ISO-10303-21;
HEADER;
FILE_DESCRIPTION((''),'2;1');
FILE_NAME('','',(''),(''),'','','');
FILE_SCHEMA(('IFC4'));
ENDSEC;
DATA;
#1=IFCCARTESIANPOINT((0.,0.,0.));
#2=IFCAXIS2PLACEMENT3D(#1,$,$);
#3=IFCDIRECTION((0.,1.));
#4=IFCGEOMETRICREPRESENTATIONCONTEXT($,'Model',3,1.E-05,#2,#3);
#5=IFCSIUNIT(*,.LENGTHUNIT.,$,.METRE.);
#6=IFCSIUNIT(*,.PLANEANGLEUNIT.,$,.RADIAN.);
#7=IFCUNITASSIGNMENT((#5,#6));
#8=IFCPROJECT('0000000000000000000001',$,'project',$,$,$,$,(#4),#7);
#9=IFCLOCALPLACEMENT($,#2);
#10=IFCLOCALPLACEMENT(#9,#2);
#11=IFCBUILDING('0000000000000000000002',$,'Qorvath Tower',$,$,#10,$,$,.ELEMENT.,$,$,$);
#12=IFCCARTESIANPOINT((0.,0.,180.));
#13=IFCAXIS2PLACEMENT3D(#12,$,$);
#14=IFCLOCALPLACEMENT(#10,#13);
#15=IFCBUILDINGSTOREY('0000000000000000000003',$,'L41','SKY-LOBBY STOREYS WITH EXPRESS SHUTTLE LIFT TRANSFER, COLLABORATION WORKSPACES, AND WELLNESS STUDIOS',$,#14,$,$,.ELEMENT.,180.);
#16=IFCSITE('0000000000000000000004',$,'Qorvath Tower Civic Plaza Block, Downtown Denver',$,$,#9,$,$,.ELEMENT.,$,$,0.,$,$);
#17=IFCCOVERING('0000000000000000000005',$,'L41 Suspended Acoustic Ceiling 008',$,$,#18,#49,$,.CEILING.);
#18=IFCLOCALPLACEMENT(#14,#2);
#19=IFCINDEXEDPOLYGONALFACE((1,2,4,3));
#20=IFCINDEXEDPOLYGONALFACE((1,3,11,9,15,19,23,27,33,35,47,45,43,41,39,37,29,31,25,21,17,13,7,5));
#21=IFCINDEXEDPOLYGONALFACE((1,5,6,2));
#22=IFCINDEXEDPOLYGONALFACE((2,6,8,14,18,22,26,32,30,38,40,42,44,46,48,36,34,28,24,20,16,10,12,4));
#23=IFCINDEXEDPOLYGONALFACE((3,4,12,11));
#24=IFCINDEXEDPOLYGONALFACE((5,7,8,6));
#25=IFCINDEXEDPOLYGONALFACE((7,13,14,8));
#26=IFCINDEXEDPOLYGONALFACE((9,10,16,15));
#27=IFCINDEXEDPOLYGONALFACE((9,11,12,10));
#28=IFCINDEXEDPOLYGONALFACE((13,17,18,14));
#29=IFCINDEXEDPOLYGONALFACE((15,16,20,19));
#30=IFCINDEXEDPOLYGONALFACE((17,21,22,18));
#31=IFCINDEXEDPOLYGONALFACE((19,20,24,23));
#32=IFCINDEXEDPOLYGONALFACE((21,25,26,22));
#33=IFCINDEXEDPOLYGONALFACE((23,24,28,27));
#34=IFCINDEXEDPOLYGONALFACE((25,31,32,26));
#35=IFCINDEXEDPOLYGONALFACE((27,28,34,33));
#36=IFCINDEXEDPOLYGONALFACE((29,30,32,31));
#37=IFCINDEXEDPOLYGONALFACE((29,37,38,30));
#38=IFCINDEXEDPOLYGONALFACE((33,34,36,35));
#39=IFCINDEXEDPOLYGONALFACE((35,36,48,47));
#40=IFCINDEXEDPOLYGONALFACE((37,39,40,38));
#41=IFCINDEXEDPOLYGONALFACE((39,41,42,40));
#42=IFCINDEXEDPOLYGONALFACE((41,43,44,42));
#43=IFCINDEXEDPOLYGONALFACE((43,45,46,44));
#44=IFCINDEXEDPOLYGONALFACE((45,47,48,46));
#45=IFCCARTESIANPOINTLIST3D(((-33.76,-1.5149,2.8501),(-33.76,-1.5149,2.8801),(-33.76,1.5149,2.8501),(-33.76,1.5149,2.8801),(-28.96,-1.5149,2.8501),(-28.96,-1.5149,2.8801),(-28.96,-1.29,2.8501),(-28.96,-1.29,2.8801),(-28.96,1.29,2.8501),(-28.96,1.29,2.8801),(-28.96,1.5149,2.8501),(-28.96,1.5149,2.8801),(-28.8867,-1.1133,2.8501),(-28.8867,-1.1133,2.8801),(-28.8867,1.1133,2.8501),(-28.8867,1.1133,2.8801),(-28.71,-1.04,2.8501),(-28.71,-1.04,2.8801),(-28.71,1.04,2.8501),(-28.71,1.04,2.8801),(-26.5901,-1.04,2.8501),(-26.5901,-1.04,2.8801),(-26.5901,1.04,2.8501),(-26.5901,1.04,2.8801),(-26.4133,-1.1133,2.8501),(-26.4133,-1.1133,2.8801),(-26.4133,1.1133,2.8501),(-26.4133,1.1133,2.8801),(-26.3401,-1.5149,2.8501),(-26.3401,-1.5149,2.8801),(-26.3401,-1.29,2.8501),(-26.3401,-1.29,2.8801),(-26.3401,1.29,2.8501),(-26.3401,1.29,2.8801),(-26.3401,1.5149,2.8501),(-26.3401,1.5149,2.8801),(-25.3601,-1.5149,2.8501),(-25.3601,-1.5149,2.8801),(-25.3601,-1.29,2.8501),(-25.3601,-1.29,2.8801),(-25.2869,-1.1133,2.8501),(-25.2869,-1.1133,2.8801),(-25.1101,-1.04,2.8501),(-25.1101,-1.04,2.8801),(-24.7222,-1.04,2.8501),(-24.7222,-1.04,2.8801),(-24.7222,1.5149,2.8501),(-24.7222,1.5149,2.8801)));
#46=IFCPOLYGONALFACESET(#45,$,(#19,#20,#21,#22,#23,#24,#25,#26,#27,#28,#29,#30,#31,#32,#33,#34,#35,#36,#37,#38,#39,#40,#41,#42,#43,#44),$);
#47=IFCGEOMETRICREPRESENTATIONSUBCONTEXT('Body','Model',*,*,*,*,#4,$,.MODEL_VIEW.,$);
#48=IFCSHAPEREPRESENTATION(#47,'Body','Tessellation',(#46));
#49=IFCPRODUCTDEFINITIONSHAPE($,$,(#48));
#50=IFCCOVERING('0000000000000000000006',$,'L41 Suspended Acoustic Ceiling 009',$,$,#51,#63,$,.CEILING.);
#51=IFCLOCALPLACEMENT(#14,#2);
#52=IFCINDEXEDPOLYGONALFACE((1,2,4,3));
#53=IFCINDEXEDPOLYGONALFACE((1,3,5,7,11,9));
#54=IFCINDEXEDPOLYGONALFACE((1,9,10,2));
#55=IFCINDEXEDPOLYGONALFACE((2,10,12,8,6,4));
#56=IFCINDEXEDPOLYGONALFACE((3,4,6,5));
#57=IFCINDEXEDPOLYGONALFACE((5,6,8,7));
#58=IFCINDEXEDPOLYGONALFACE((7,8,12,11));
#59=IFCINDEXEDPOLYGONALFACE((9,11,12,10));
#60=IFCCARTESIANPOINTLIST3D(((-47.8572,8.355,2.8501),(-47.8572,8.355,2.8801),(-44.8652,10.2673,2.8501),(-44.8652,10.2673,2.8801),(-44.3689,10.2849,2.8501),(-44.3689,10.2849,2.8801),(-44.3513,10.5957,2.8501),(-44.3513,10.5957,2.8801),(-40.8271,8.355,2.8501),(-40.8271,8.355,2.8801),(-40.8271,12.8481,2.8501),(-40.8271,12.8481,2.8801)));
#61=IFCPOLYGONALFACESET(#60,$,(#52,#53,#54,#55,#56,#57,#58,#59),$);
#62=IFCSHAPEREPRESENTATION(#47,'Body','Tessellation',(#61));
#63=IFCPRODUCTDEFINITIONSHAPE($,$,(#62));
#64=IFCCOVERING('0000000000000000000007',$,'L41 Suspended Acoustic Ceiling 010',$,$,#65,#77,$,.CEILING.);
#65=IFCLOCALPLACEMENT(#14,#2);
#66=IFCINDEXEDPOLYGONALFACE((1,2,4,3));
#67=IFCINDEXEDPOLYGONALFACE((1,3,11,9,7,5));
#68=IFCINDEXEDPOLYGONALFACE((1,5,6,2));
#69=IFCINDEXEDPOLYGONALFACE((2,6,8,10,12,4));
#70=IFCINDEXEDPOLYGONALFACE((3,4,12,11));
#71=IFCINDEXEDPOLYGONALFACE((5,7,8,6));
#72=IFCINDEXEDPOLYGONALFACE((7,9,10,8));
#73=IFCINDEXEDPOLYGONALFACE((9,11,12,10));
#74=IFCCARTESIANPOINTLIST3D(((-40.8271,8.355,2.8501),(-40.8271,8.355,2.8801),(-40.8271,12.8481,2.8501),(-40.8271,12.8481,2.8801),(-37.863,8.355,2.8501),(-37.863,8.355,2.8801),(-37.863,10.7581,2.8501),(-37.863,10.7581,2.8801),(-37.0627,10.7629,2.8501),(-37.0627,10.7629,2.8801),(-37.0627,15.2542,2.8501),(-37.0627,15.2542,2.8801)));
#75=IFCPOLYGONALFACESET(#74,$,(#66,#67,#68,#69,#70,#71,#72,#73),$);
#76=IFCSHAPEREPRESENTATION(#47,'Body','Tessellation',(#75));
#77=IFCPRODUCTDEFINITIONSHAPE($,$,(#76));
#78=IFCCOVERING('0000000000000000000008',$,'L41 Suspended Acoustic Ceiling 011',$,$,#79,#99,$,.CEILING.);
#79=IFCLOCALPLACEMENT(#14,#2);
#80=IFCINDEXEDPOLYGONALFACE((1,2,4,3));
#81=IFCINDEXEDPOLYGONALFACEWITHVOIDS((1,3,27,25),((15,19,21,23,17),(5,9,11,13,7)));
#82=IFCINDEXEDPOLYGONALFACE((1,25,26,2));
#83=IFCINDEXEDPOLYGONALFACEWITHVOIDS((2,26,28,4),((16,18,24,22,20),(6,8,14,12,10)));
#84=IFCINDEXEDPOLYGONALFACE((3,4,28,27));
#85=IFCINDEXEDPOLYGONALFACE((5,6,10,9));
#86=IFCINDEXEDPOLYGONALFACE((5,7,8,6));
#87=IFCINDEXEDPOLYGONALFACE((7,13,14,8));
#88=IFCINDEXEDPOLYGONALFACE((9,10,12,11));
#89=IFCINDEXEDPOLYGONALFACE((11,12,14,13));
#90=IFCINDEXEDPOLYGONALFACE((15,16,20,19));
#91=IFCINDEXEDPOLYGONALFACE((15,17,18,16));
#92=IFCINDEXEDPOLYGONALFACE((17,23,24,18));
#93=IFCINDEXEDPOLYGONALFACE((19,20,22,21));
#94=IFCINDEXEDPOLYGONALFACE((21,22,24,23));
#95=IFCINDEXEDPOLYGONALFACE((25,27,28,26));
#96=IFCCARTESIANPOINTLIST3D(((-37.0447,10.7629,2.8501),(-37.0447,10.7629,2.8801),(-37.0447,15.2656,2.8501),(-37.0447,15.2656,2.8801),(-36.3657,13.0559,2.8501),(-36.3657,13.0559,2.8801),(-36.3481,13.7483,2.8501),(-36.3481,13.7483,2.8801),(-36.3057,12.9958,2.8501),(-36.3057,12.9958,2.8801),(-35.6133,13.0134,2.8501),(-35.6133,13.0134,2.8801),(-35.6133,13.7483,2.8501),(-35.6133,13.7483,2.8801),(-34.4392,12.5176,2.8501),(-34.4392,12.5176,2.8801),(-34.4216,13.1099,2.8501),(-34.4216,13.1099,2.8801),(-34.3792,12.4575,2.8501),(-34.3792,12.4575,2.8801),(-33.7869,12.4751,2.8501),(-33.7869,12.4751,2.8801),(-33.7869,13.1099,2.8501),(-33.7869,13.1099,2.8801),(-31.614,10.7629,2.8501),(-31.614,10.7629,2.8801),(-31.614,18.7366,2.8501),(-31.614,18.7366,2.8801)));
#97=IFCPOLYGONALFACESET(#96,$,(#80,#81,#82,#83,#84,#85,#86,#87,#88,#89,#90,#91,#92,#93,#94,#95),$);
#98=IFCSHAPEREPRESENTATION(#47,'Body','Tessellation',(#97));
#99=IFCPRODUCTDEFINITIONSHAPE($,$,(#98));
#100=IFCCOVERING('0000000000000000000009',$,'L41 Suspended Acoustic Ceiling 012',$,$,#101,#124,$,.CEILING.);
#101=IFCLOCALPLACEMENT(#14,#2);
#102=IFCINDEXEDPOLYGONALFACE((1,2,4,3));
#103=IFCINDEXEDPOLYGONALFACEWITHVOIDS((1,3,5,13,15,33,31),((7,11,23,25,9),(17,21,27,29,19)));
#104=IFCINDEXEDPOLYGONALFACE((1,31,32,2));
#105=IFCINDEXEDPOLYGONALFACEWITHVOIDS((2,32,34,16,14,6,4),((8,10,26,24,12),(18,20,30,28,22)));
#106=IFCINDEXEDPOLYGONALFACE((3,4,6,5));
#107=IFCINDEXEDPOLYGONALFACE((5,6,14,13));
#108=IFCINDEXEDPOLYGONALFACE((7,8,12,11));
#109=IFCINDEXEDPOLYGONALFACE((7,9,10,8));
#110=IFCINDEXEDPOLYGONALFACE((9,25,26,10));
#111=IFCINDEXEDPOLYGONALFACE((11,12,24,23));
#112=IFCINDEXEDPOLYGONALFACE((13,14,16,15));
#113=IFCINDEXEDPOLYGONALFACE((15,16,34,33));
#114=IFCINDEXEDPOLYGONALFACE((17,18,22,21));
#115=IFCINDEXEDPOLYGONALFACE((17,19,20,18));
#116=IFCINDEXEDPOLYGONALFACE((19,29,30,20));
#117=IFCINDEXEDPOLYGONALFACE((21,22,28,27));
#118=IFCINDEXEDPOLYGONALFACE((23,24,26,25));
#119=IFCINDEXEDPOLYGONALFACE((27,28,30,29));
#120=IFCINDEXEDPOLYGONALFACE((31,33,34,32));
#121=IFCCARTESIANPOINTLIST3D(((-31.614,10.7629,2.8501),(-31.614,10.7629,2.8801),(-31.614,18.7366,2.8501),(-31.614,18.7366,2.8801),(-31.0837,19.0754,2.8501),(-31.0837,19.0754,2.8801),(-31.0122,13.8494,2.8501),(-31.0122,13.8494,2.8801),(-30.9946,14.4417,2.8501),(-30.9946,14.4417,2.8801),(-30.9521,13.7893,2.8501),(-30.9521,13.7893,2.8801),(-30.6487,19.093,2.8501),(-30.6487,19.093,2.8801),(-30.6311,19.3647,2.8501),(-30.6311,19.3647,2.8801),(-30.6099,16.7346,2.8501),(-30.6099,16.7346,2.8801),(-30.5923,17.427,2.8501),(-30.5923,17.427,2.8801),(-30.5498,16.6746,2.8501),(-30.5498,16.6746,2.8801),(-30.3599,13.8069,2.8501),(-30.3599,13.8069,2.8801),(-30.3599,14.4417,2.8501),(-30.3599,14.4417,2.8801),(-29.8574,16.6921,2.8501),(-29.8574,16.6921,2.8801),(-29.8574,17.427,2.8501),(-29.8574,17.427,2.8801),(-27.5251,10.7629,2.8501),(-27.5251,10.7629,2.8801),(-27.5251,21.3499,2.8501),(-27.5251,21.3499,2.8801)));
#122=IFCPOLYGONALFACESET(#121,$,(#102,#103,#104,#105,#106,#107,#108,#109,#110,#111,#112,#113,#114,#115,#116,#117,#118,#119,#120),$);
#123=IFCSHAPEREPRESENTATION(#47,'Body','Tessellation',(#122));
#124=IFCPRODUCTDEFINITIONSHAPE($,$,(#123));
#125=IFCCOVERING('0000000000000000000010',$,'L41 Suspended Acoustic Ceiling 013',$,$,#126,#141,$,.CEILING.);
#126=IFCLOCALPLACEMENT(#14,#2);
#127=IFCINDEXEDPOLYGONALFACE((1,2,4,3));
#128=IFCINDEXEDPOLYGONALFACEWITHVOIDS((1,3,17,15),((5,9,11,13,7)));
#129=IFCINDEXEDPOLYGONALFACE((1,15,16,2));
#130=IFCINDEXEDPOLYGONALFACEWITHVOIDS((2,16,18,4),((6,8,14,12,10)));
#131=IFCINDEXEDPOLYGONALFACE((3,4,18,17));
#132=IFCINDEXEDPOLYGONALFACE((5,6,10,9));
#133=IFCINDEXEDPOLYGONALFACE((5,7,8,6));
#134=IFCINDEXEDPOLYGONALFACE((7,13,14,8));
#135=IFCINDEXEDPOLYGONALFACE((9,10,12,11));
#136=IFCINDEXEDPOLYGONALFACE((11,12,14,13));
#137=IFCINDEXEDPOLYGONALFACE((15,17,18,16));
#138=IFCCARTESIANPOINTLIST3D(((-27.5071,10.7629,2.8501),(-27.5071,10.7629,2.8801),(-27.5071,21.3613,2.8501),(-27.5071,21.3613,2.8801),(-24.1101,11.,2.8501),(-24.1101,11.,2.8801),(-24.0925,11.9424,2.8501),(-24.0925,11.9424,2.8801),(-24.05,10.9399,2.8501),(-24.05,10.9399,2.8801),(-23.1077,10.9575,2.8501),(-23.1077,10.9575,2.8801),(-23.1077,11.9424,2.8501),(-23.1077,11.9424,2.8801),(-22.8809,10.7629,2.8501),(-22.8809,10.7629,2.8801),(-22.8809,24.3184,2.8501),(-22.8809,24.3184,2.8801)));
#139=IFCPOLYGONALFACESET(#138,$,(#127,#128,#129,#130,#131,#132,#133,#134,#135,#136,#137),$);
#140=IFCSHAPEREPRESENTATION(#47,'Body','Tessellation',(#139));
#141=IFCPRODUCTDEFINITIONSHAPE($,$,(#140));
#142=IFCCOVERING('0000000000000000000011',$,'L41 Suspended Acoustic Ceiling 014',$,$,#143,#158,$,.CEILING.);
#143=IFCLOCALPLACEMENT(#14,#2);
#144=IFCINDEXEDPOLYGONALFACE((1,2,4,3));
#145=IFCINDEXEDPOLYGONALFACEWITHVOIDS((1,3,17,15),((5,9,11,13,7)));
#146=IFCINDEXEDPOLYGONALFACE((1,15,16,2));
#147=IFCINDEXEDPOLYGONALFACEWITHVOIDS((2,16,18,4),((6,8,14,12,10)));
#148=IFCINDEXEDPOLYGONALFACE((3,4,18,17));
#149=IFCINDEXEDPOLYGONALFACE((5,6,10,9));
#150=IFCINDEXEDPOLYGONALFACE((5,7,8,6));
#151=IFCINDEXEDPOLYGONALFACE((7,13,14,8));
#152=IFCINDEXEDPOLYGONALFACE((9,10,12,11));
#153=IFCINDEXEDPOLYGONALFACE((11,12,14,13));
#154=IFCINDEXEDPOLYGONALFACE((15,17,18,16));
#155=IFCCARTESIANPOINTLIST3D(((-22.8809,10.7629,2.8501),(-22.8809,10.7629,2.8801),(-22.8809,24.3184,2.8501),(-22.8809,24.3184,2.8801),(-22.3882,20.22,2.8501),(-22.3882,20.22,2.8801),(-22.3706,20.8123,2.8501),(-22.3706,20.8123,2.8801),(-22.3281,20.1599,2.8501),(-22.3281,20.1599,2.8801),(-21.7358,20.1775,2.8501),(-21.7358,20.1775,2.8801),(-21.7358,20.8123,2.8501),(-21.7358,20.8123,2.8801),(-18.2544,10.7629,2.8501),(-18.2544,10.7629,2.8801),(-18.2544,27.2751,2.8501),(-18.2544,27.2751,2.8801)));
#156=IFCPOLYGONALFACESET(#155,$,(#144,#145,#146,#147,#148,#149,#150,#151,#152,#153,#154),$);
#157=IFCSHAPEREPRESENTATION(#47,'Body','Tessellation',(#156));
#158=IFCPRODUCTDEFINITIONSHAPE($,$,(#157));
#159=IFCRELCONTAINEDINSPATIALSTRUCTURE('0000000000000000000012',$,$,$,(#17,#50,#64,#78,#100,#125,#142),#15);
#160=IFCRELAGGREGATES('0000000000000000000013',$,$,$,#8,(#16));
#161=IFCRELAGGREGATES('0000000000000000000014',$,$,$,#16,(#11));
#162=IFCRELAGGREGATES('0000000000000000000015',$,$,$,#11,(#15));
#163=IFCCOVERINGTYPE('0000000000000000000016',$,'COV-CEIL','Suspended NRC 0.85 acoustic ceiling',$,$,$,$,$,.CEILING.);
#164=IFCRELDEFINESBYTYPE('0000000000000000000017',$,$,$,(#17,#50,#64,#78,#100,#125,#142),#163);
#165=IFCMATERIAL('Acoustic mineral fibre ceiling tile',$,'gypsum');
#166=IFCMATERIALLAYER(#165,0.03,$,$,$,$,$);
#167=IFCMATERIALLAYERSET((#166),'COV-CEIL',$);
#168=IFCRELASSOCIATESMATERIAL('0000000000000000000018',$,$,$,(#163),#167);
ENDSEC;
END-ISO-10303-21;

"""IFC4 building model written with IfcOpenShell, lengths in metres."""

from ifc_helpers import new_model, si_unit, direction, frame, origin, place, context, subcontext, project, spatial, polyline, outline, extrude, material, layer, layer_set, type_object, element, save


model = new_model("IFC4")

# Units and contexts
model_context = context("Model", 3, precision=1e-05, world=origin(), true_north=direction((0.0, 1.0)))
body_context = subcontext(model_context, "Body", "Model", "MODEL_VIEW")
ifc_project = project(units=[si_unit("LENGTHUNIT", "METRE"), si_unit("PLANEANGLEUNIT", "RADIAN")], contexts=[model_context])

# Site, building, storey
site_placement = place(None, origin())
site = spatial("IfcSite", under=ifc_project, at=site_placement, Name="Qorvath Tower Civic Plaza Block, Downtown Denver", CompositionType="ELEMENT", RefElevation=0.0)
building_placement = place(site_placement, origin())
building = spatial("IfcBuilding", under=site, at=building_placement, Name="Qorvath Tower", CompositionType="ELEMENT")
storey_placement = place(building_placement, frame((0.0, 0.0, 180.0)))
storey = spatial("IfcBuildingStorey", under=building, at=storey_placement, Name="L41", Description="SKY-LOBBY STOREYS WITH EXPRESS SHUTTLE LIFT TRANSFER, COLLABORATION WORKSPACES, AND WELLNESS STUDIOS", CompositionType="ELEMENT", Elevation=180.0)

# Coverings
ifc_material_1 = material(Name="Acoustic mineral fibre ceiling tile", Category="gypsum")
ifc_layer_1 = layer(ifc_material_1, 0.03)
ifc_layer_set_1 = layer_set([ifc_layer_1], Name="COV-CEIL")
covering_type_1 = type_object("IfcCoveringType", Name="COV-CEIL", Description="Suspended NRC 0.85 acoustic ceiling", PredefinedType="CEILING", material=ifc_layer_set_1)
covering_1_placement = place(storey_placement, frame((0.0, 0.0, 2.8501)))
element("IfcCovering", 1, at=covering_1_placement, inside=storey, type_object=covering_type_1, Name="L41 Suspended Acoustic Ceiling 008", PredefinedType="CEILING", context=body_context, shape_type="SweptSolid", body=[
    extrude(outline(polyline([(-24.7222, -1.04), (-24.7222, 1.5149), (-26.3401, 1.5149), (-26.3401, 1.29), (-26.4133, 1.1133), (-26.5901, 1.04), (-28.71, 1.04), (-28.8867, 1.1133), (-28.96, 1.29), (-28.96, 1.5149), (-33.76, 1.5149), (-33.76, -1.5149), (-28.96, -1.5149), (-28.96, -1.29), (-28.8867, -1.1133), (-28.71, -1.04), (-26.5901, -1.04), (-26.4133, -1.1133), (-26.3401, -1.29), (-26.3401, -1.5149), (-25.3601, -1.5149), (-25.3601, -1.29), (-25.2869, -1.1133), (-25.1101, -1.04), (-24.7222, -1.04)])), origin(), (0.0, 0.0, 1.0), 0.03),
])
covering_2_placement = place(storey_placement, frame((0.0, 0.0, 2.8501)))
element("IfcCovering", 2, at=covering_2_placement, inside=storey, type_object=covering_type_1, Name="L41 Suspended Acoustic Ceiling 009", PredefinedType="CEILING", context=body_context, shape_type="SweptSolid", body=[
    extrude(outline(polyline([(-40.8271, 8.355), (-40.8271, 12.8481), (-44.3513, 10.5957), (-44.3689, 10.2849), (-44.8652, 10.2673), (-47.8572, 8.355), (-40.8271, 8.355)])), origin(), (0.0, 0.0, 1.0), 0.03),
])
covering_3_placement = place(storey_placement, frame((0.0, 0.0, 2.8501)))
element("IfcCovering", 3, at=covering_3_placement, inside=storey, type_object=covering_type_1, Name="L41 Suspended Acoustic Ceiling 010", PredefinedType="CEILING", context=body_context, shape_type="SweptSolid", body=[
    extrude(outline(polyline([(-37.0627, 10.7629), (-37.0627, 15.2542), (-40.8271, 12.8481), (-40.8271, 8.355), (-37.863, 8.355), (-37.863, 10.7581), (-37.0627, 10.7629)])), origin(), (0.0, 0.0, 1.0), 0.03),
])
covering_4_placement = place(storey_placement, frame((0.0, 0.0, 2.8501)))
element("IfcCovering", 4, at=covering_4_placement, inside=storey, type_object=covering_type_1, Name="L41 Suspended Acoustic Ceiling 011", PredefinedType="CEILING", context=body_context, shape_type="SweptSolid", body=[
    extrude(outline(polyline([(-31.614, 10.7629), (-31.614, 18.7366), (-37.0447, 15.2656), (-37.0447, 10.7629), (-31.614, 10.7629)]), holes=[polyline([(-34.4392, 12.5176), (-34.4216, 13.1099), (-33.7869, 13.1099), (-33.7869, 12.4751), (-34.3792, 12.4575), (-34.4392, 12.5176)]), polyline([(-36.3657, 13.0559), (-36.3481, 13.7483), (-35.6133, 13.7483), (-35.6133, 13.0134), (-36.3057, 12.9958), (-36.3657, 13.0559)])]), origin(), (0.0, 0.0, 1.0), 0.03),
])
covering_5_placement = place(storey_placement, frame((0.0, 0.0, 2.8501)))
element("IfcCovering", 5, at=covering_5_placement, inside=storey, type_object=covering_type_1, Name="L41 Suspended Acoustic Ceiling 012", PredefinedType="CEILING", context=body_context, shape_type="SweptSolid", body=[
    extrude(outline(polyline([(-27.5251, 10.7629), (-27.5251, 21.3499), (-30.6311, 19.3647), (-30.6487, 19.093), (-31.0837, 19.0754), (-31.614, 18.7366), (-31.614, 10.7629), (-27.5251, 10.7629)]), holes=[polyline([(-30.6099, 16.7346), (-30.5923, 17.427), (-29.8574, 17.427), (-29.8574, 16.6921), (-30.5498, 16.6746), (-30.6099, 16.7346)]), polyline([(-31.0122, 13.8494), (-30.9946, 14.4417), (-30.3599, 14.4417), (-30.3599, 13.8069), (-30.9521, 13.7893), (-31.0122, 13.8494)])]), origin(), (0.0, 0.0, 1.0), 0.03),
])
covering_6_placement = place(storey_placement, frame((0.0, 0.0, 2.8501)))
element("IfcCovering", 6, at=covering_6_placement, inside=storey, type_object=covering_type_1, Name="L41 Suspended Acoustic Ceiling 013", PredefinedType="CEILING", context=body_context, shape_type="SweptSolid", body=[
    extrude(outline(polyline([(-27.5071, 10.7629), (-22.8809, 10.7629), (-22.8809, 24.3184), (-27.5071, 21.3613), (-27.5071, 10.7629)]), holes=[polyline([(-24.1101, 11.0), (-24.0925, 11.9424), (-23.1077, 11.9424), (-23.1077, 10.9575), (-24.05, 10.9399), (-24.1101, 11.0)])]), origin(), (0.0, 0.0, 1.0), 0.03),
])
covering_7_placement = place(storey_placement, frame((0.0, 0.0, 2.8501)))
element("IfcCovering", 7, at=covering_7_placement, inside=storey, type_object=covering_type_1, Name="L41 Suspended Acoustic Ceiling 014", PredefinedType="CEILING", context=body_context, shape_type="SweptSolid", body=[
    extrude(outline(polyline([(-22.8809, 24.3184), (-22.8809, 10.7629), (-18.2544, 10.7629), (-18.2544, 27.2751), (-22.8809, 24.3184)]), holes=[polyline([(-22.3882, 20.22), (-22.3706, 20.8123), (-21.7358, 20.8123), (-21.7358, 20.1775), (-22.3281, 20.1599), (-22.3882, 20.22)])]), origin(), (0.0, 0.0, 1.0), 0.03),
])

save(model, "model.ifc")
